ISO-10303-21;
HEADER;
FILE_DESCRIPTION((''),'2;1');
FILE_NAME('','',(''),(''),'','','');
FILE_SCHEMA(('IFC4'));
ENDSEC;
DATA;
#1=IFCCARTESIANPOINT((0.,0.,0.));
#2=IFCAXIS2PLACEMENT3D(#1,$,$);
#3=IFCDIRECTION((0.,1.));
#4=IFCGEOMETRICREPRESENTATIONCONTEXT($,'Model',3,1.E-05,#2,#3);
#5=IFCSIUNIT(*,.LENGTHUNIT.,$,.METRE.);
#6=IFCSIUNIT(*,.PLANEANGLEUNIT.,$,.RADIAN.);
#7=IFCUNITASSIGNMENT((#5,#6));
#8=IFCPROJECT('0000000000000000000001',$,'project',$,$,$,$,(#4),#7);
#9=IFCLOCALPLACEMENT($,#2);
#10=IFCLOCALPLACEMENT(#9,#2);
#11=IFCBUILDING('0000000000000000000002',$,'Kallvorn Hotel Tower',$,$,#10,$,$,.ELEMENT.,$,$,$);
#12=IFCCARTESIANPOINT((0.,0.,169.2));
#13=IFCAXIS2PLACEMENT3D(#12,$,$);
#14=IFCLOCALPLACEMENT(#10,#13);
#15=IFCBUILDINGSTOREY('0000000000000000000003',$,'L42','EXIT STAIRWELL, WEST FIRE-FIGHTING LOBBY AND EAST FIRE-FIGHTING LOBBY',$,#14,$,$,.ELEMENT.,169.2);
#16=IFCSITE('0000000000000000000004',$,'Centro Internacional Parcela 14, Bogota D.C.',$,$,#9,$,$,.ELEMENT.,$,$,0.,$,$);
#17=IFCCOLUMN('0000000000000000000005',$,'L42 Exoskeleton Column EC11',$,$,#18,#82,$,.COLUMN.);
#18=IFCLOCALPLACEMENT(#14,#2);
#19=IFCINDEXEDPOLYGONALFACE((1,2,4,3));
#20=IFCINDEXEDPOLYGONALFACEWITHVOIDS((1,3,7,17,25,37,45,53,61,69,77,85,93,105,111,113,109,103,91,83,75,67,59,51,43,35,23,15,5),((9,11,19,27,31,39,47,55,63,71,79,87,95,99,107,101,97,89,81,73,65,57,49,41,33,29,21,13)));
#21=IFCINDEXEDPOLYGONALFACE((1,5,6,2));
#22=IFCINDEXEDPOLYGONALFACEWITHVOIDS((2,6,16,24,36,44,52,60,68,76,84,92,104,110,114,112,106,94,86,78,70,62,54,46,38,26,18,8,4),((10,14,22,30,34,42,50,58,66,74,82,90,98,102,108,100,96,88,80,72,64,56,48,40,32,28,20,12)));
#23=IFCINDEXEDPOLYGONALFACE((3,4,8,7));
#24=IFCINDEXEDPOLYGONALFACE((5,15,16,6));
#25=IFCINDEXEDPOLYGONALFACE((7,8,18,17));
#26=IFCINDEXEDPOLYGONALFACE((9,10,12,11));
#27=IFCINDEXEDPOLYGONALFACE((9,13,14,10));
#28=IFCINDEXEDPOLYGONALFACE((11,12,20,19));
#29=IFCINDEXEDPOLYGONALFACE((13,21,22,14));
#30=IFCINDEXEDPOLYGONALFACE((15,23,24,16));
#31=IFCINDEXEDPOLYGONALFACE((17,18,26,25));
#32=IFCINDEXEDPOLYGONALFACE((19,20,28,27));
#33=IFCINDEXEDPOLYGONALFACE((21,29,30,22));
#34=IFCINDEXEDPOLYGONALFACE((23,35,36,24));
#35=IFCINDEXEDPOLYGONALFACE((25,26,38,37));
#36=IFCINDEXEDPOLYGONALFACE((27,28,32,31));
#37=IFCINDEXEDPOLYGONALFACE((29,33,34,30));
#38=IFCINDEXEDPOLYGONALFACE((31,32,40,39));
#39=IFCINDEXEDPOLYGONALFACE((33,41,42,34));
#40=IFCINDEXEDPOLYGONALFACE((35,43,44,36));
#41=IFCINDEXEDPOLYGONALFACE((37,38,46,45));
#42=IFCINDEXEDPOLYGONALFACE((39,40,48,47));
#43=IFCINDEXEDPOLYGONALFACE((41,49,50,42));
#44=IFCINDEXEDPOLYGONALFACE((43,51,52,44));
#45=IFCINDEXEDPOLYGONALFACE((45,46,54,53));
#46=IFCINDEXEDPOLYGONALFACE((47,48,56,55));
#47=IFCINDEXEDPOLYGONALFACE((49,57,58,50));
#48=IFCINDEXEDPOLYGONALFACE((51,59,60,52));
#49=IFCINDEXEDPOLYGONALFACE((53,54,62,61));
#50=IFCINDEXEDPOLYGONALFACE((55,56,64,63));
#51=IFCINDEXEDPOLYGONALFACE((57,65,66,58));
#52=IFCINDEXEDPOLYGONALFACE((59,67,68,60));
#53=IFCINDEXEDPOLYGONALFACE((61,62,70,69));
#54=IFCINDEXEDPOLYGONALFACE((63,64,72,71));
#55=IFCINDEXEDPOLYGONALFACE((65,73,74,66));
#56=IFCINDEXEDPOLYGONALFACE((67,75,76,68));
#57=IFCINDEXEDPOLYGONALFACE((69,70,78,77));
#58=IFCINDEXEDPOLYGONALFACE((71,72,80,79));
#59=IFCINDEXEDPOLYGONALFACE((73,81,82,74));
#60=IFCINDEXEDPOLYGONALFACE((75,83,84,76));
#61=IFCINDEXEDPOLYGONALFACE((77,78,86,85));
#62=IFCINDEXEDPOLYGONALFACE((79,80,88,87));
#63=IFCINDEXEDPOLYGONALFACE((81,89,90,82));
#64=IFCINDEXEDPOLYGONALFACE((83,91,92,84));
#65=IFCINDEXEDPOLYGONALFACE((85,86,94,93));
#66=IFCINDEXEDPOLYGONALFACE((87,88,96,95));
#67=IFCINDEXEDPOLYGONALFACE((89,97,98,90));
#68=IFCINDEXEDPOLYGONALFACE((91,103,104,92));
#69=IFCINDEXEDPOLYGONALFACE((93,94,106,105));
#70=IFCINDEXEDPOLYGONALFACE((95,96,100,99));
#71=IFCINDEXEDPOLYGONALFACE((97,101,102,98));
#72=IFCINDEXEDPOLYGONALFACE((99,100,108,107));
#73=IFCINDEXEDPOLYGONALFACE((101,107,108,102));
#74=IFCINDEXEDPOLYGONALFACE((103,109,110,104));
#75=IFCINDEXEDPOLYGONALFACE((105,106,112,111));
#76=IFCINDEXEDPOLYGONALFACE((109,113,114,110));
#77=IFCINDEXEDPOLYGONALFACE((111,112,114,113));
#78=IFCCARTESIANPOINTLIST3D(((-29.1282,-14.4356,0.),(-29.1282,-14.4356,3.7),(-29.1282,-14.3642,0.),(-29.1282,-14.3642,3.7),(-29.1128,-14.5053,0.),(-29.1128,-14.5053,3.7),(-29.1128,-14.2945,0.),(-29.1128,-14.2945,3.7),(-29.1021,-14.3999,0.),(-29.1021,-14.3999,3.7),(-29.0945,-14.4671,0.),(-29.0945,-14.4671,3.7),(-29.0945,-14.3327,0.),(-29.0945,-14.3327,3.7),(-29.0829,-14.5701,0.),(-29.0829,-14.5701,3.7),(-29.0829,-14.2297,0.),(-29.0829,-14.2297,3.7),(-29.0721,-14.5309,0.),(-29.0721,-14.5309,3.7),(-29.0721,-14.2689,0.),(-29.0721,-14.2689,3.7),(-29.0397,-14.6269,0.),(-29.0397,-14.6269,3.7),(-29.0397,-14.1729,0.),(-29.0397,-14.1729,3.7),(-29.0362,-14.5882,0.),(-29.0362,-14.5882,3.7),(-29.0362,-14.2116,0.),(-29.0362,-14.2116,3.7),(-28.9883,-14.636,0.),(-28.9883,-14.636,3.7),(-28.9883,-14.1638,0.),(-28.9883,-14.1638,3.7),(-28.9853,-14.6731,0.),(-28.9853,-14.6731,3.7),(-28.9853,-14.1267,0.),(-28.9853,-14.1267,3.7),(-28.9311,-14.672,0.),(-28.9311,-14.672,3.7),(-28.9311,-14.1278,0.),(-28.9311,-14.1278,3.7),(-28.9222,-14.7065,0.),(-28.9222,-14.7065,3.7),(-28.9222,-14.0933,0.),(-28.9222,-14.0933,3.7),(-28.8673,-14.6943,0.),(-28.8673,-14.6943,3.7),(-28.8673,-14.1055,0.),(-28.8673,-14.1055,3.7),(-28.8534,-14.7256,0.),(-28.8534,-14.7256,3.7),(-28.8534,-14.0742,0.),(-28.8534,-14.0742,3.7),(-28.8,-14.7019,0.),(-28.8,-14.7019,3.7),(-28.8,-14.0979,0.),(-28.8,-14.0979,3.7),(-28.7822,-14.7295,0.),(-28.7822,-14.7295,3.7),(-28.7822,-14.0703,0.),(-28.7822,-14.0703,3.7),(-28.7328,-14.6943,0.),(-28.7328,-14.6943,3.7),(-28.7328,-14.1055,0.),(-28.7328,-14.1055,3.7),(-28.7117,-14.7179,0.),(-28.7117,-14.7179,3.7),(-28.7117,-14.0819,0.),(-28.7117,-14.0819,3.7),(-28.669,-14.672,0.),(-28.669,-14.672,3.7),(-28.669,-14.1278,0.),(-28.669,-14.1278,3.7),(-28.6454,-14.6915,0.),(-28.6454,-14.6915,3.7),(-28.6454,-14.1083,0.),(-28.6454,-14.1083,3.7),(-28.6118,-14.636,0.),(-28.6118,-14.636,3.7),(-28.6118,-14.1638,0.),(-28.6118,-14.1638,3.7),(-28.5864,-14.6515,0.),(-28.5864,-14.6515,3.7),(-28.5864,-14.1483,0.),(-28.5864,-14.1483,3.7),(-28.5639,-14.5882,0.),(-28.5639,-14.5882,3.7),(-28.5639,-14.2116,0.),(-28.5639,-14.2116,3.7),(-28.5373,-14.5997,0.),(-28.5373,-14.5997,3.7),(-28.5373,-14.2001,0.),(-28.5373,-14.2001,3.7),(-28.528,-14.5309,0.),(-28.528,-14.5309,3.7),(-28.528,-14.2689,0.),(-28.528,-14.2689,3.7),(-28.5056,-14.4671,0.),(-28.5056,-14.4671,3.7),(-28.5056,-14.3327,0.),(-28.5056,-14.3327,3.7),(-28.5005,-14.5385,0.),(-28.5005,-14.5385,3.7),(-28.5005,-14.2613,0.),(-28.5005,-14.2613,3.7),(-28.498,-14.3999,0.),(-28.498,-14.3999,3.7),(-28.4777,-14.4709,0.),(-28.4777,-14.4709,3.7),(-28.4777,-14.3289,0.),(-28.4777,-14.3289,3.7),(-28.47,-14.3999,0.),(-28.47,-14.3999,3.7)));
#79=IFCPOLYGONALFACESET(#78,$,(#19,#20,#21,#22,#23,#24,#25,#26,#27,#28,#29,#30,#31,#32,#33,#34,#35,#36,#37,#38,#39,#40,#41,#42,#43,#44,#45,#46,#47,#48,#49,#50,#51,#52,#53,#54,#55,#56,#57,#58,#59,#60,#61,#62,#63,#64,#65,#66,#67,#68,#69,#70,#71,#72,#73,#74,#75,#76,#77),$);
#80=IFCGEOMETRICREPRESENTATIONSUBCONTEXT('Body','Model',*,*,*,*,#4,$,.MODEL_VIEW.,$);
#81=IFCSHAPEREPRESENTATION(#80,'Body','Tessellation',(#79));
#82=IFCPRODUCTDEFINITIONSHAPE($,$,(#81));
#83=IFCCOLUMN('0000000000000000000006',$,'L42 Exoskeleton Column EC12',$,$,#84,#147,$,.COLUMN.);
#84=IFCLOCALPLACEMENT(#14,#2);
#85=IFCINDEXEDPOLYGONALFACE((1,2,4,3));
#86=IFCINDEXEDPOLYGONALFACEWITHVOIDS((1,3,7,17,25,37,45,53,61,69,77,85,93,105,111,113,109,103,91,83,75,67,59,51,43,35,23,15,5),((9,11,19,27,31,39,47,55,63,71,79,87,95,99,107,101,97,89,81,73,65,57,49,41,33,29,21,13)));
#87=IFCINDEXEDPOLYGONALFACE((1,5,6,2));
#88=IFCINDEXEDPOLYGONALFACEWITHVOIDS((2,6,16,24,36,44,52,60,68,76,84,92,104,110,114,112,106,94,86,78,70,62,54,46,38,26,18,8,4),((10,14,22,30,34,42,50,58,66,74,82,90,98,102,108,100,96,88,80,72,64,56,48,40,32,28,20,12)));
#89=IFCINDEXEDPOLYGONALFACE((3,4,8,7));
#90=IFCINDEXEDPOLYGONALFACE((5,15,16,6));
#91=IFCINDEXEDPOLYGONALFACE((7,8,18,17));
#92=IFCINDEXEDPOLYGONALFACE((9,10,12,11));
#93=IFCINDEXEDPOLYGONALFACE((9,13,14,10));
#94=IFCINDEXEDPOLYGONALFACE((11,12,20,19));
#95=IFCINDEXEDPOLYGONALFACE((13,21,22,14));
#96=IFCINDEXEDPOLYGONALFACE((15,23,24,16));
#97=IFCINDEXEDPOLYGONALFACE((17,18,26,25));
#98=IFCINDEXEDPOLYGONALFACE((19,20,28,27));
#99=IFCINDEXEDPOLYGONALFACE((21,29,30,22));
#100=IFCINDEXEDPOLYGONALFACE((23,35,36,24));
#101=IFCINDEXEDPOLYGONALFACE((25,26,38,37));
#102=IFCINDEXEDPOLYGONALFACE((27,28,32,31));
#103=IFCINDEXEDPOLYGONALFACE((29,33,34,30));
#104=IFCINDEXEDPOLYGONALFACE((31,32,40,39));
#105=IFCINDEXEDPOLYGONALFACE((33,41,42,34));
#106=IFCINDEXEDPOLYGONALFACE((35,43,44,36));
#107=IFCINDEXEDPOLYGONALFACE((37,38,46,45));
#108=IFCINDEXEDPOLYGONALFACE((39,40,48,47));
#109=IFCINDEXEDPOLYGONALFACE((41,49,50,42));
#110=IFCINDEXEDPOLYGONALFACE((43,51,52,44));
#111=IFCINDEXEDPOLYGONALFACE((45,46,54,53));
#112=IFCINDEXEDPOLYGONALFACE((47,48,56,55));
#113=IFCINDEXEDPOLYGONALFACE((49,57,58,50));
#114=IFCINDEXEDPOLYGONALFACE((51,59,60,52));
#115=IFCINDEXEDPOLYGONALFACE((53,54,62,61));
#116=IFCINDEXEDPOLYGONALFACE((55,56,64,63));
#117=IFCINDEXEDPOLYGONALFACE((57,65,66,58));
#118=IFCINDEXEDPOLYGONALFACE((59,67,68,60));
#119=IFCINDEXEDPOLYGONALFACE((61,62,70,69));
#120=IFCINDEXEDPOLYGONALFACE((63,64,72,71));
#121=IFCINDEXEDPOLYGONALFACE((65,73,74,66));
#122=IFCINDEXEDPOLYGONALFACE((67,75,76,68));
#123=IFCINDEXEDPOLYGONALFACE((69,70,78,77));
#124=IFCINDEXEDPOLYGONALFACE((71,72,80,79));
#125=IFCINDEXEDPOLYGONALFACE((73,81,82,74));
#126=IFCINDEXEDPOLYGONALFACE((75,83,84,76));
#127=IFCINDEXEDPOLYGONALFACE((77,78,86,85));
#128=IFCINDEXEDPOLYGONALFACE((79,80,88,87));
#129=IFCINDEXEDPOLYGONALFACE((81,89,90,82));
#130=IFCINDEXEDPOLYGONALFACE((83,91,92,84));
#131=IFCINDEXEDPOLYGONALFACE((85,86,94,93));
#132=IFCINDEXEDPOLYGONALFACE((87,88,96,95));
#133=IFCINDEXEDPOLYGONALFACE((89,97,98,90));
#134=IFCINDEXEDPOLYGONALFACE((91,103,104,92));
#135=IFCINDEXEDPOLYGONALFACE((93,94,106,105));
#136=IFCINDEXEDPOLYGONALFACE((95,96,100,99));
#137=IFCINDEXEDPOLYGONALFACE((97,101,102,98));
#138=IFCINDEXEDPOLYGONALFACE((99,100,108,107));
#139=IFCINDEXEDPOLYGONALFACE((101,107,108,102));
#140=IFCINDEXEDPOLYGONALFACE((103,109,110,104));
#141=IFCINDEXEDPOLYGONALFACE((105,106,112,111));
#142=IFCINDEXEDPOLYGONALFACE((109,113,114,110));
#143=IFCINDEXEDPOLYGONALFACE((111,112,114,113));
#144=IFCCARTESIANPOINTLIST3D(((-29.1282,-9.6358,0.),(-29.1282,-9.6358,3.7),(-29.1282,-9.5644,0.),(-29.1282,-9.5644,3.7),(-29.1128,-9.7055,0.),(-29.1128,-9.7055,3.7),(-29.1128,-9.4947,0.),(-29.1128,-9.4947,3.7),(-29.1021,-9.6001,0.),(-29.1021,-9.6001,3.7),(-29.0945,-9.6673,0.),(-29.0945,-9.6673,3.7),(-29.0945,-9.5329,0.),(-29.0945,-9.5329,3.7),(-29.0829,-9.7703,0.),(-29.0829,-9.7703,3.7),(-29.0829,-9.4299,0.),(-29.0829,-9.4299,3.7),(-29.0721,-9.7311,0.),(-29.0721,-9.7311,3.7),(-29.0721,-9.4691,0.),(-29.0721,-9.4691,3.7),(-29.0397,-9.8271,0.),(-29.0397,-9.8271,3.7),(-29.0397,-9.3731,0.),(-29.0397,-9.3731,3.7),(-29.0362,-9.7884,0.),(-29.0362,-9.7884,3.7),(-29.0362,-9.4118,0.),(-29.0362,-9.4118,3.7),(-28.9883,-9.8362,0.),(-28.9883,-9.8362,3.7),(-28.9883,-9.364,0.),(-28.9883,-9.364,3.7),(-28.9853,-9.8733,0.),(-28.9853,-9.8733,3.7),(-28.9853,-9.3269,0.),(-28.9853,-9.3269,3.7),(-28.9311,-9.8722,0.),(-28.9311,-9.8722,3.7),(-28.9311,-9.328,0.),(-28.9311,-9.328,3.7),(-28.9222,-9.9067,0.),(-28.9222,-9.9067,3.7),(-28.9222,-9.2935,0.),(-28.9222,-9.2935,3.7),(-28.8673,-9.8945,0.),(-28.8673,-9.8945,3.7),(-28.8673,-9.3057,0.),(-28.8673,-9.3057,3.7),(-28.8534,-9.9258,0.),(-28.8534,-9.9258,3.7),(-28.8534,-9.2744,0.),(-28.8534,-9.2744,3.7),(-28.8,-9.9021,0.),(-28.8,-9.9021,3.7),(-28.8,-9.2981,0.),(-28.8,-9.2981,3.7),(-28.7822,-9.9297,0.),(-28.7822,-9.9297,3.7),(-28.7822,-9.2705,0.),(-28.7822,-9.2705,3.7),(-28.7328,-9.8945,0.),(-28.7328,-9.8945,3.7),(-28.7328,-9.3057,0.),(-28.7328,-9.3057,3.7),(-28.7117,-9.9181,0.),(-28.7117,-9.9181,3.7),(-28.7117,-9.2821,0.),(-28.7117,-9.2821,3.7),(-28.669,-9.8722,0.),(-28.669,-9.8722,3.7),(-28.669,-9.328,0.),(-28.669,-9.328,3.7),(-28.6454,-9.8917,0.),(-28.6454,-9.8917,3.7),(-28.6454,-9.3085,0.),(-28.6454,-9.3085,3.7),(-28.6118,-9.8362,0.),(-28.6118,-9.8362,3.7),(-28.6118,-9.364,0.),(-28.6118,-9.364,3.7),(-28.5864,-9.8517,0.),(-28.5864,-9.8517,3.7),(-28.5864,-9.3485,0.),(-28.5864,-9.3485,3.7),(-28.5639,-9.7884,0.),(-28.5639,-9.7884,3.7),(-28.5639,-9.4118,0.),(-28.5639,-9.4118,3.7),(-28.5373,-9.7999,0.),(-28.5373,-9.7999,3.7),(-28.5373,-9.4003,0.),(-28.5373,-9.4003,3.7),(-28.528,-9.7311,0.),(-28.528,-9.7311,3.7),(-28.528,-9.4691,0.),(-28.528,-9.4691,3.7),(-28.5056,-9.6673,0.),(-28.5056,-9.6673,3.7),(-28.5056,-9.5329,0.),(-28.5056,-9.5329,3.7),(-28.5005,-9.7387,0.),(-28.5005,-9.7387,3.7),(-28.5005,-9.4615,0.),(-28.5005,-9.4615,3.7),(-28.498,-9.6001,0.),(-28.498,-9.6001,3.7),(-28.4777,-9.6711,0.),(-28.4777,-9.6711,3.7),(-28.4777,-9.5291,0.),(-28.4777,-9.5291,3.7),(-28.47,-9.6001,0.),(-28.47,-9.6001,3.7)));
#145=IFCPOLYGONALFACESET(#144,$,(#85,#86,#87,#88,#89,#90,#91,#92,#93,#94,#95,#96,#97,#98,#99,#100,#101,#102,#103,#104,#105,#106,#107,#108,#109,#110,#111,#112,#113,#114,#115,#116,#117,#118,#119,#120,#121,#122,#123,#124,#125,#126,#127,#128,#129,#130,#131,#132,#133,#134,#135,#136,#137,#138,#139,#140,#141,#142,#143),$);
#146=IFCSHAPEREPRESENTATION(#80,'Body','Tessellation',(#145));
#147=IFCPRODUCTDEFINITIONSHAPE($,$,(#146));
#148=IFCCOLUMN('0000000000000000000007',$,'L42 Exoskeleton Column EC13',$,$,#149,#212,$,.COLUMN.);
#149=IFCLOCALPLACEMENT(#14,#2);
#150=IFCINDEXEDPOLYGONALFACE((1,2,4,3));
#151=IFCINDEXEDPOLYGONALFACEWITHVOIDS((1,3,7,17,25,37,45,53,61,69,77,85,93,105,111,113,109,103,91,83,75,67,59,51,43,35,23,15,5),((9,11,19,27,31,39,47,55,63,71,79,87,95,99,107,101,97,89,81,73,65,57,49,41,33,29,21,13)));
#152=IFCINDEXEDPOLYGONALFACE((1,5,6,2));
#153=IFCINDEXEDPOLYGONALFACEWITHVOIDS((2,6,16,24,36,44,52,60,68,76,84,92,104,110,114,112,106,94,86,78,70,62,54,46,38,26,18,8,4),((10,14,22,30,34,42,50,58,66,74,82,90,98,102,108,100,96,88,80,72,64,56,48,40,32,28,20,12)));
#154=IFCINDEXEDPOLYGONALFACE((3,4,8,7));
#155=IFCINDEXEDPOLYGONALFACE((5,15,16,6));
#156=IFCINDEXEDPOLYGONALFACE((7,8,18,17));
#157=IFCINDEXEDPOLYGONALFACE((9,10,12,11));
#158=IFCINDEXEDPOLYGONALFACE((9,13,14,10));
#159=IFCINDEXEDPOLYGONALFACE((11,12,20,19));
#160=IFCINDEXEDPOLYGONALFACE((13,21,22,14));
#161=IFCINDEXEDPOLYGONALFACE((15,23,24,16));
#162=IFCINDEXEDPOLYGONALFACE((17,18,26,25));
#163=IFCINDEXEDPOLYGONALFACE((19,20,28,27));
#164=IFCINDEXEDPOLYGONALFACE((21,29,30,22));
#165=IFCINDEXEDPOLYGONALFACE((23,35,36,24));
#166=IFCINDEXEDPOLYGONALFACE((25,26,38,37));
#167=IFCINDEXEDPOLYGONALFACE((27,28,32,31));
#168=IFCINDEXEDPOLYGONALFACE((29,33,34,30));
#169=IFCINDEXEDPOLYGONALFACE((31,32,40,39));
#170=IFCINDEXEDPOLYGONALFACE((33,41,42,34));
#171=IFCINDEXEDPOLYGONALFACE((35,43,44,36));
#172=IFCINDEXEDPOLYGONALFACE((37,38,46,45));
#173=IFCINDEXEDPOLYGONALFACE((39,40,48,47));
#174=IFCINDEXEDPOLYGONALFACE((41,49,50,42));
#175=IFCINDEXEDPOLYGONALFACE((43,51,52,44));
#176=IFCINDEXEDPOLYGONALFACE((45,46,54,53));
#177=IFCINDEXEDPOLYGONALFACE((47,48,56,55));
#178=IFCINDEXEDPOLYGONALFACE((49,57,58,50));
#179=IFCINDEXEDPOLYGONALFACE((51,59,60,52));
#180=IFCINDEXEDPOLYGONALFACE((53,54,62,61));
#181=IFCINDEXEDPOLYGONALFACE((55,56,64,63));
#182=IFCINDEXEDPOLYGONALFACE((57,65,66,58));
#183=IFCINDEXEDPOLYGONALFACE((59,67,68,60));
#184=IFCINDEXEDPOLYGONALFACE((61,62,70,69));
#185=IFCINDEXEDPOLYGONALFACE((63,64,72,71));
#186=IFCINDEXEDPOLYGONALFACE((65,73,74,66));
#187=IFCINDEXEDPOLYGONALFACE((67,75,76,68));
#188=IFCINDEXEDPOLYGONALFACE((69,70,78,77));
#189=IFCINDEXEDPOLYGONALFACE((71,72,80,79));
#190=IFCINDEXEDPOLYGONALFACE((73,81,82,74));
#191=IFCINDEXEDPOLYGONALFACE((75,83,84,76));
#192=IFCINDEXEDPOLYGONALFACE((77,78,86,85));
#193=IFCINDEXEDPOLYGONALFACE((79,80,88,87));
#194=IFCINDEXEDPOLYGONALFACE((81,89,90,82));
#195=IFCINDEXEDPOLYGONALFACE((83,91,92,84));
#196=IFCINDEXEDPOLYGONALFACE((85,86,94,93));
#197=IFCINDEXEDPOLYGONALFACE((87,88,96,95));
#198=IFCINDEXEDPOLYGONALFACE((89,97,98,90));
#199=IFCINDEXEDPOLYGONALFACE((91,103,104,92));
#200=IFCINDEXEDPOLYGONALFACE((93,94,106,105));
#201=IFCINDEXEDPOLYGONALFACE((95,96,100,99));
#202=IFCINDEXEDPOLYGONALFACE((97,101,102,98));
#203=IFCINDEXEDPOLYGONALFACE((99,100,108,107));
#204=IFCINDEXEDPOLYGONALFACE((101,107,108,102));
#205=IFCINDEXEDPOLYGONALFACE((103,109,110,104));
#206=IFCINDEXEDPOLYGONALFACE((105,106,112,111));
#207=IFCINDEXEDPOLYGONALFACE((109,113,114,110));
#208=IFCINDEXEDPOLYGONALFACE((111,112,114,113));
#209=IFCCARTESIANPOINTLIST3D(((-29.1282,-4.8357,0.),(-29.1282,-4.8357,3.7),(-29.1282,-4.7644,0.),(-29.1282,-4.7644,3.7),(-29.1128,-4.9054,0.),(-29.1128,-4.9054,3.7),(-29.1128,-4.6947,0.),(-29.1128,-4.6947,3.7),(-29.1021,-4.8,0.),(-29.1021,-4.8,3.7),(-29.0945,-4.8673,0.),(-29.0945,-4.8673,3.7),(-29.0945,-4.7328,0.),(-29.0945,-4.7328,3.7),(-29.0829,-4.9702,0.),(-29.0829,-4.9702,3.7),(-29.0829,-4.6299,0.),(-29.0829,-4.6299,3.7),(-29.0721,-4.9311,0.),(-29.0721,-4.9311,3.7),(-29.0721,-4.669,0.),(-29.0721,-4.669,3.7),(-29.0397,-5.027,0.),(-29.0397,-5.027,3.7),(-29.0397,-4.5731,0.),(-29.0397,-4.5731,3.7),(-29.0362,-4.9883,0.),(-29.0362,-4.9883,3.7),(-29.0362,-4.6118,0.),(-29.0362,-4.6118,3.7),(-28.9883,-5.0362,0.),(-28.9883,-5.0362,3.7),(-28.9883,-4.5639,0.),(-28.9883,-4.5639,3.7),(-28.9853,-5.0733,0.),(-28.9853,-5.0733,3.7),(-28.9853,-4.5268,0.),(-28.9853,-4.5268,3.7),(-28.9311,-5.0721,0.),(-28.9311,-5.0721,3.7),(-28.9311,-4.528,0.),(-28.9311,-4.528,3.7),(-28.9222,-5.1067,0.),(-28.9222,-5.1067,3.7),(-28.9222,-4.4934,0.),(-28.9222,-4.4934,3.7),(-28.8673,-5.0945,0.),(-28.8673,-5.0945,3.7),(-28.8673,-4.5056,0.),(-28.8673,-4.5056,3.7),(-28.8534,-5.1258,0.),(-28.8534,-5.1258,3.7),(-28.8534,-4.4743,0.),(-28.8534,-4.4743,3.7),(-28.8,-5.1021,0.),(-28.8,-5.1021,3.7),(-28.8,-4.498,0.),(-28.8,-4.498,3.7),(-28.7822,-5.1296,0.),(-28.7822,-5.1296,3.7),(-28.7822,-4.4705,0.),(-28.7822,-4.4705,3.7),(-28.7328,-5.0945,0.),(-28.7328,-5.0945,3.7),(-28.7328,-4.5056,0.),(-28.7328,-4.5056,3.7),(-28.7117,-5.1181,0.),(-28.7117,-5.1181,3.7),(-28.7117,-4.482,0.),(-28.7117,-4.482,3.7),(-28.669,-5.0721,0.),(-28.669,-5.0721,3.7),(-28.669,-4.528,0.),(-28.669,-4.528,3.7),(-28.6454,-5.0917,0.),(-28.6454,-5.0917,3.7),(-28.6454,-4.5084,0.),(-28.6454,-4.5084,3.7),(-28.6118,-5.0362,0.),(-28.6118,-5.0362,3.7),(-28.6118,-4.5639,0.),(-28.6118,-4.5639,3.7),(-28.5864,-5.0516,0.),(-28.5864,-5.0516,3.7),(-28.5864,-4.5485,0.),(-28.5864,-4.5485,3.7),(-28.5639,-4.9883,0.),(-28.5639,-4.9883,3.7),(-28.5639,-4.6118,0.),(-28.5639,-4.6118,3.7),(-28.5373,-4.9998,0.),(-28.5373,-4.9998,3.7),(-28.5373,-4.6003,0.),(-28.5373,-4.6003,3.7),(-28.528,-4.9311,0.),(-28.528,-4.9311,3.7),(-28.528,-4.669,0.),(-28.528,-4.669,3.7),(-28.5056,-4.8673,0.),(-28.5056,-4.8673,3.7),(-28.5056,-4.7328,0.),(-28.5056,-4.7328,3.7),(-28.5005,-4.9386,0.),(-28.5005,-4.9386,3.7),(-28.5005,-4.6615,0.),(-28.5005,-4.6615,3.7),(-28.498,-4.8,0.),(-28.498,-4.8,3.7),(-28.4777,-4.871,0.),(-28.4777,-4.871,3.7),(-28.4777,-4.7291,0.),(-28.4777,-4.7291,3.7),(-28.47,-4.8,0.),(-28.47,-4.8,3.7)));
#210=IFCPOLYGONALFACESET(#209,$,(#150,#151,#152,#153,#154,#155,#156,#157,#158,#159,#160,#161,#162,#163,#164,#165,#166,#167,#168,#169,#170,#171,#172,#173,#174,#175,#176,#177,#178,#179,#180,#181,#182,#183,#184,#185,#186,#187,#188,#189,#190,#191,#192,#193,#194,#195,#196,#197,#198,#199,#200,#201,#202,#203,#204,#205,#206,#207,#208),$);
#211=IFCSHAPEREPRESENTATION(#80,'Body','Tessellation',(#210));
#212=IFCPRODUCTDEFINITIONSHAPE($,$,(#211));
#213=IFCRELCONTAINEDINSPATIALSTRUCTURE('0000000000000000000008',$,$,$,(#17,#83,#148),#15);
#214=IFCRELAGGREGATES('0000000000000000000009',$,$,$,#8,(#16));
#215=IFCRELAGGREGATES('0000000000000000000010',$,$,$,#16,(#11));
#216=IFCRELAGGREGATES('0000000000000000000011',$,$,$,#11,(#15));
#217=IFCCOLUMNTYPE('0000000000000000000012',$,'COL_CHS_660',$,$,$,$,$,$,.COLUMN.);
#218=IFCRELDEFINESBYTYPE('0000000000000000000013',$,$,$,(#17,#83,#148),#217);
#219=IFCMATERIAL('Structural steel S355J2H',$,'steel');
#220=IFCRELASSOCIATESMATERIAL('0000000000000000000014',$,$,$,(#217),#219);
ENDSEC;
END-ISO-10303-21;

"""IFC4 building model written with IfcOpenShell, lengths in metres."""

from ifc_helpers import new_model, si_unit, direction, frame, origin, origin_2d, place, context, subcontext, project, spatial, hollow_circle, extrude, material, material_profile, profile_set, type_object, element, save


model = new_model("IFC4")

# Units and contexts
model_context = context("Model", 3, precision=1e-05, world=origin(), true_north=direction((0.0, 1.0)))
body_context = subcontext(model_context, "Body", "Model", "MODEL_VIEW")
ifc_project = project(units=[si_unit("LENGTHUNIT", "METRE"), si_unit("PLANEANGLEUNIT", "RADIAN")], contexts=[model_context])

# Site, building, storey
site_placement = place(None, origin())
site = spatial("IfcSite", under=ifc_project, at=site_placement, Name="Centro Internacional Parcela 14, Bogota D.C.", CompositionType="ELEMENT", RefElevation=0.0)
building_placement = place(site_placement, origin())
building = spatial("IfcBuilding", under=site, at=building_placement, Name="Kallvorn Hotel Tower", CompositionType="ELEMENT")
storey_placement = place(building_placement, frame((0.0, 0.0, 169.2)))
storey = spatial("IfcBuildingStorey", under=building, at=storey_placement, Name="L42", Description="EXIT STAIRWELL, WEST FIRE-FIGHTING LOBBY AND EAST FIRE-FIGHTING LOBBY", CompositionType="ELEMENT", Elevation=169.2)

# Columns
ifc_material_1 = material(Name="Structural steel S355J2H", Category="steel")
ifc_material_profile_1 = material_profile(ifc_material_1, hollow_circle(Radius=0.3301, WallThickness=0.0281, at=origin_2d()), Name="CHS 660x28")
ifc_profile_set_1 = profile_set([ifc_material_profile_1], Name="Structural steel S355J2H")
column_type_1 = type_object("IfcColumnType", Name="COL_CHS_660", PredefinedType="COLUMN", material=ifc_profile_set_1)
for number, where, z_axis, x_axis, name in (
    (1, (-28.8, -14.3999, 0.0), (0.0, 0.0, 1.0), (1.0, 0.0, 0.0), "L42 Exoskeleton Column EC11"),
    (2, (-28.8, -9.6001, 0.0), (0.0, 0.0, 1.0), (1.0, 0.0, 0.0), "L42 Exoskeleton Column EC12"),
    (3, (-28.8, -4.8, 0.0), (0.0, 0.0, 1.0), (1.0, 0.0, 0.0), "L42 Exoskeleton Column EC13"),
):
    element("IfcColumn", number, at=place(storey_placement, frame(where, z_axis=z_axis, x_axis=x_axis)), inside=storey, type_object=column_type_1, Name=name, PredefinedType="COLUMN", context=body_context, shape_type="SweptSolid", body=[
        extrude(hollow_circle(Radius=0.3301, WallThickness=0.0281, at=origin_2d()), origin(), (0.0, 0.0, 1.0), 3.7),
    ])

save(model, "model.ifc")
